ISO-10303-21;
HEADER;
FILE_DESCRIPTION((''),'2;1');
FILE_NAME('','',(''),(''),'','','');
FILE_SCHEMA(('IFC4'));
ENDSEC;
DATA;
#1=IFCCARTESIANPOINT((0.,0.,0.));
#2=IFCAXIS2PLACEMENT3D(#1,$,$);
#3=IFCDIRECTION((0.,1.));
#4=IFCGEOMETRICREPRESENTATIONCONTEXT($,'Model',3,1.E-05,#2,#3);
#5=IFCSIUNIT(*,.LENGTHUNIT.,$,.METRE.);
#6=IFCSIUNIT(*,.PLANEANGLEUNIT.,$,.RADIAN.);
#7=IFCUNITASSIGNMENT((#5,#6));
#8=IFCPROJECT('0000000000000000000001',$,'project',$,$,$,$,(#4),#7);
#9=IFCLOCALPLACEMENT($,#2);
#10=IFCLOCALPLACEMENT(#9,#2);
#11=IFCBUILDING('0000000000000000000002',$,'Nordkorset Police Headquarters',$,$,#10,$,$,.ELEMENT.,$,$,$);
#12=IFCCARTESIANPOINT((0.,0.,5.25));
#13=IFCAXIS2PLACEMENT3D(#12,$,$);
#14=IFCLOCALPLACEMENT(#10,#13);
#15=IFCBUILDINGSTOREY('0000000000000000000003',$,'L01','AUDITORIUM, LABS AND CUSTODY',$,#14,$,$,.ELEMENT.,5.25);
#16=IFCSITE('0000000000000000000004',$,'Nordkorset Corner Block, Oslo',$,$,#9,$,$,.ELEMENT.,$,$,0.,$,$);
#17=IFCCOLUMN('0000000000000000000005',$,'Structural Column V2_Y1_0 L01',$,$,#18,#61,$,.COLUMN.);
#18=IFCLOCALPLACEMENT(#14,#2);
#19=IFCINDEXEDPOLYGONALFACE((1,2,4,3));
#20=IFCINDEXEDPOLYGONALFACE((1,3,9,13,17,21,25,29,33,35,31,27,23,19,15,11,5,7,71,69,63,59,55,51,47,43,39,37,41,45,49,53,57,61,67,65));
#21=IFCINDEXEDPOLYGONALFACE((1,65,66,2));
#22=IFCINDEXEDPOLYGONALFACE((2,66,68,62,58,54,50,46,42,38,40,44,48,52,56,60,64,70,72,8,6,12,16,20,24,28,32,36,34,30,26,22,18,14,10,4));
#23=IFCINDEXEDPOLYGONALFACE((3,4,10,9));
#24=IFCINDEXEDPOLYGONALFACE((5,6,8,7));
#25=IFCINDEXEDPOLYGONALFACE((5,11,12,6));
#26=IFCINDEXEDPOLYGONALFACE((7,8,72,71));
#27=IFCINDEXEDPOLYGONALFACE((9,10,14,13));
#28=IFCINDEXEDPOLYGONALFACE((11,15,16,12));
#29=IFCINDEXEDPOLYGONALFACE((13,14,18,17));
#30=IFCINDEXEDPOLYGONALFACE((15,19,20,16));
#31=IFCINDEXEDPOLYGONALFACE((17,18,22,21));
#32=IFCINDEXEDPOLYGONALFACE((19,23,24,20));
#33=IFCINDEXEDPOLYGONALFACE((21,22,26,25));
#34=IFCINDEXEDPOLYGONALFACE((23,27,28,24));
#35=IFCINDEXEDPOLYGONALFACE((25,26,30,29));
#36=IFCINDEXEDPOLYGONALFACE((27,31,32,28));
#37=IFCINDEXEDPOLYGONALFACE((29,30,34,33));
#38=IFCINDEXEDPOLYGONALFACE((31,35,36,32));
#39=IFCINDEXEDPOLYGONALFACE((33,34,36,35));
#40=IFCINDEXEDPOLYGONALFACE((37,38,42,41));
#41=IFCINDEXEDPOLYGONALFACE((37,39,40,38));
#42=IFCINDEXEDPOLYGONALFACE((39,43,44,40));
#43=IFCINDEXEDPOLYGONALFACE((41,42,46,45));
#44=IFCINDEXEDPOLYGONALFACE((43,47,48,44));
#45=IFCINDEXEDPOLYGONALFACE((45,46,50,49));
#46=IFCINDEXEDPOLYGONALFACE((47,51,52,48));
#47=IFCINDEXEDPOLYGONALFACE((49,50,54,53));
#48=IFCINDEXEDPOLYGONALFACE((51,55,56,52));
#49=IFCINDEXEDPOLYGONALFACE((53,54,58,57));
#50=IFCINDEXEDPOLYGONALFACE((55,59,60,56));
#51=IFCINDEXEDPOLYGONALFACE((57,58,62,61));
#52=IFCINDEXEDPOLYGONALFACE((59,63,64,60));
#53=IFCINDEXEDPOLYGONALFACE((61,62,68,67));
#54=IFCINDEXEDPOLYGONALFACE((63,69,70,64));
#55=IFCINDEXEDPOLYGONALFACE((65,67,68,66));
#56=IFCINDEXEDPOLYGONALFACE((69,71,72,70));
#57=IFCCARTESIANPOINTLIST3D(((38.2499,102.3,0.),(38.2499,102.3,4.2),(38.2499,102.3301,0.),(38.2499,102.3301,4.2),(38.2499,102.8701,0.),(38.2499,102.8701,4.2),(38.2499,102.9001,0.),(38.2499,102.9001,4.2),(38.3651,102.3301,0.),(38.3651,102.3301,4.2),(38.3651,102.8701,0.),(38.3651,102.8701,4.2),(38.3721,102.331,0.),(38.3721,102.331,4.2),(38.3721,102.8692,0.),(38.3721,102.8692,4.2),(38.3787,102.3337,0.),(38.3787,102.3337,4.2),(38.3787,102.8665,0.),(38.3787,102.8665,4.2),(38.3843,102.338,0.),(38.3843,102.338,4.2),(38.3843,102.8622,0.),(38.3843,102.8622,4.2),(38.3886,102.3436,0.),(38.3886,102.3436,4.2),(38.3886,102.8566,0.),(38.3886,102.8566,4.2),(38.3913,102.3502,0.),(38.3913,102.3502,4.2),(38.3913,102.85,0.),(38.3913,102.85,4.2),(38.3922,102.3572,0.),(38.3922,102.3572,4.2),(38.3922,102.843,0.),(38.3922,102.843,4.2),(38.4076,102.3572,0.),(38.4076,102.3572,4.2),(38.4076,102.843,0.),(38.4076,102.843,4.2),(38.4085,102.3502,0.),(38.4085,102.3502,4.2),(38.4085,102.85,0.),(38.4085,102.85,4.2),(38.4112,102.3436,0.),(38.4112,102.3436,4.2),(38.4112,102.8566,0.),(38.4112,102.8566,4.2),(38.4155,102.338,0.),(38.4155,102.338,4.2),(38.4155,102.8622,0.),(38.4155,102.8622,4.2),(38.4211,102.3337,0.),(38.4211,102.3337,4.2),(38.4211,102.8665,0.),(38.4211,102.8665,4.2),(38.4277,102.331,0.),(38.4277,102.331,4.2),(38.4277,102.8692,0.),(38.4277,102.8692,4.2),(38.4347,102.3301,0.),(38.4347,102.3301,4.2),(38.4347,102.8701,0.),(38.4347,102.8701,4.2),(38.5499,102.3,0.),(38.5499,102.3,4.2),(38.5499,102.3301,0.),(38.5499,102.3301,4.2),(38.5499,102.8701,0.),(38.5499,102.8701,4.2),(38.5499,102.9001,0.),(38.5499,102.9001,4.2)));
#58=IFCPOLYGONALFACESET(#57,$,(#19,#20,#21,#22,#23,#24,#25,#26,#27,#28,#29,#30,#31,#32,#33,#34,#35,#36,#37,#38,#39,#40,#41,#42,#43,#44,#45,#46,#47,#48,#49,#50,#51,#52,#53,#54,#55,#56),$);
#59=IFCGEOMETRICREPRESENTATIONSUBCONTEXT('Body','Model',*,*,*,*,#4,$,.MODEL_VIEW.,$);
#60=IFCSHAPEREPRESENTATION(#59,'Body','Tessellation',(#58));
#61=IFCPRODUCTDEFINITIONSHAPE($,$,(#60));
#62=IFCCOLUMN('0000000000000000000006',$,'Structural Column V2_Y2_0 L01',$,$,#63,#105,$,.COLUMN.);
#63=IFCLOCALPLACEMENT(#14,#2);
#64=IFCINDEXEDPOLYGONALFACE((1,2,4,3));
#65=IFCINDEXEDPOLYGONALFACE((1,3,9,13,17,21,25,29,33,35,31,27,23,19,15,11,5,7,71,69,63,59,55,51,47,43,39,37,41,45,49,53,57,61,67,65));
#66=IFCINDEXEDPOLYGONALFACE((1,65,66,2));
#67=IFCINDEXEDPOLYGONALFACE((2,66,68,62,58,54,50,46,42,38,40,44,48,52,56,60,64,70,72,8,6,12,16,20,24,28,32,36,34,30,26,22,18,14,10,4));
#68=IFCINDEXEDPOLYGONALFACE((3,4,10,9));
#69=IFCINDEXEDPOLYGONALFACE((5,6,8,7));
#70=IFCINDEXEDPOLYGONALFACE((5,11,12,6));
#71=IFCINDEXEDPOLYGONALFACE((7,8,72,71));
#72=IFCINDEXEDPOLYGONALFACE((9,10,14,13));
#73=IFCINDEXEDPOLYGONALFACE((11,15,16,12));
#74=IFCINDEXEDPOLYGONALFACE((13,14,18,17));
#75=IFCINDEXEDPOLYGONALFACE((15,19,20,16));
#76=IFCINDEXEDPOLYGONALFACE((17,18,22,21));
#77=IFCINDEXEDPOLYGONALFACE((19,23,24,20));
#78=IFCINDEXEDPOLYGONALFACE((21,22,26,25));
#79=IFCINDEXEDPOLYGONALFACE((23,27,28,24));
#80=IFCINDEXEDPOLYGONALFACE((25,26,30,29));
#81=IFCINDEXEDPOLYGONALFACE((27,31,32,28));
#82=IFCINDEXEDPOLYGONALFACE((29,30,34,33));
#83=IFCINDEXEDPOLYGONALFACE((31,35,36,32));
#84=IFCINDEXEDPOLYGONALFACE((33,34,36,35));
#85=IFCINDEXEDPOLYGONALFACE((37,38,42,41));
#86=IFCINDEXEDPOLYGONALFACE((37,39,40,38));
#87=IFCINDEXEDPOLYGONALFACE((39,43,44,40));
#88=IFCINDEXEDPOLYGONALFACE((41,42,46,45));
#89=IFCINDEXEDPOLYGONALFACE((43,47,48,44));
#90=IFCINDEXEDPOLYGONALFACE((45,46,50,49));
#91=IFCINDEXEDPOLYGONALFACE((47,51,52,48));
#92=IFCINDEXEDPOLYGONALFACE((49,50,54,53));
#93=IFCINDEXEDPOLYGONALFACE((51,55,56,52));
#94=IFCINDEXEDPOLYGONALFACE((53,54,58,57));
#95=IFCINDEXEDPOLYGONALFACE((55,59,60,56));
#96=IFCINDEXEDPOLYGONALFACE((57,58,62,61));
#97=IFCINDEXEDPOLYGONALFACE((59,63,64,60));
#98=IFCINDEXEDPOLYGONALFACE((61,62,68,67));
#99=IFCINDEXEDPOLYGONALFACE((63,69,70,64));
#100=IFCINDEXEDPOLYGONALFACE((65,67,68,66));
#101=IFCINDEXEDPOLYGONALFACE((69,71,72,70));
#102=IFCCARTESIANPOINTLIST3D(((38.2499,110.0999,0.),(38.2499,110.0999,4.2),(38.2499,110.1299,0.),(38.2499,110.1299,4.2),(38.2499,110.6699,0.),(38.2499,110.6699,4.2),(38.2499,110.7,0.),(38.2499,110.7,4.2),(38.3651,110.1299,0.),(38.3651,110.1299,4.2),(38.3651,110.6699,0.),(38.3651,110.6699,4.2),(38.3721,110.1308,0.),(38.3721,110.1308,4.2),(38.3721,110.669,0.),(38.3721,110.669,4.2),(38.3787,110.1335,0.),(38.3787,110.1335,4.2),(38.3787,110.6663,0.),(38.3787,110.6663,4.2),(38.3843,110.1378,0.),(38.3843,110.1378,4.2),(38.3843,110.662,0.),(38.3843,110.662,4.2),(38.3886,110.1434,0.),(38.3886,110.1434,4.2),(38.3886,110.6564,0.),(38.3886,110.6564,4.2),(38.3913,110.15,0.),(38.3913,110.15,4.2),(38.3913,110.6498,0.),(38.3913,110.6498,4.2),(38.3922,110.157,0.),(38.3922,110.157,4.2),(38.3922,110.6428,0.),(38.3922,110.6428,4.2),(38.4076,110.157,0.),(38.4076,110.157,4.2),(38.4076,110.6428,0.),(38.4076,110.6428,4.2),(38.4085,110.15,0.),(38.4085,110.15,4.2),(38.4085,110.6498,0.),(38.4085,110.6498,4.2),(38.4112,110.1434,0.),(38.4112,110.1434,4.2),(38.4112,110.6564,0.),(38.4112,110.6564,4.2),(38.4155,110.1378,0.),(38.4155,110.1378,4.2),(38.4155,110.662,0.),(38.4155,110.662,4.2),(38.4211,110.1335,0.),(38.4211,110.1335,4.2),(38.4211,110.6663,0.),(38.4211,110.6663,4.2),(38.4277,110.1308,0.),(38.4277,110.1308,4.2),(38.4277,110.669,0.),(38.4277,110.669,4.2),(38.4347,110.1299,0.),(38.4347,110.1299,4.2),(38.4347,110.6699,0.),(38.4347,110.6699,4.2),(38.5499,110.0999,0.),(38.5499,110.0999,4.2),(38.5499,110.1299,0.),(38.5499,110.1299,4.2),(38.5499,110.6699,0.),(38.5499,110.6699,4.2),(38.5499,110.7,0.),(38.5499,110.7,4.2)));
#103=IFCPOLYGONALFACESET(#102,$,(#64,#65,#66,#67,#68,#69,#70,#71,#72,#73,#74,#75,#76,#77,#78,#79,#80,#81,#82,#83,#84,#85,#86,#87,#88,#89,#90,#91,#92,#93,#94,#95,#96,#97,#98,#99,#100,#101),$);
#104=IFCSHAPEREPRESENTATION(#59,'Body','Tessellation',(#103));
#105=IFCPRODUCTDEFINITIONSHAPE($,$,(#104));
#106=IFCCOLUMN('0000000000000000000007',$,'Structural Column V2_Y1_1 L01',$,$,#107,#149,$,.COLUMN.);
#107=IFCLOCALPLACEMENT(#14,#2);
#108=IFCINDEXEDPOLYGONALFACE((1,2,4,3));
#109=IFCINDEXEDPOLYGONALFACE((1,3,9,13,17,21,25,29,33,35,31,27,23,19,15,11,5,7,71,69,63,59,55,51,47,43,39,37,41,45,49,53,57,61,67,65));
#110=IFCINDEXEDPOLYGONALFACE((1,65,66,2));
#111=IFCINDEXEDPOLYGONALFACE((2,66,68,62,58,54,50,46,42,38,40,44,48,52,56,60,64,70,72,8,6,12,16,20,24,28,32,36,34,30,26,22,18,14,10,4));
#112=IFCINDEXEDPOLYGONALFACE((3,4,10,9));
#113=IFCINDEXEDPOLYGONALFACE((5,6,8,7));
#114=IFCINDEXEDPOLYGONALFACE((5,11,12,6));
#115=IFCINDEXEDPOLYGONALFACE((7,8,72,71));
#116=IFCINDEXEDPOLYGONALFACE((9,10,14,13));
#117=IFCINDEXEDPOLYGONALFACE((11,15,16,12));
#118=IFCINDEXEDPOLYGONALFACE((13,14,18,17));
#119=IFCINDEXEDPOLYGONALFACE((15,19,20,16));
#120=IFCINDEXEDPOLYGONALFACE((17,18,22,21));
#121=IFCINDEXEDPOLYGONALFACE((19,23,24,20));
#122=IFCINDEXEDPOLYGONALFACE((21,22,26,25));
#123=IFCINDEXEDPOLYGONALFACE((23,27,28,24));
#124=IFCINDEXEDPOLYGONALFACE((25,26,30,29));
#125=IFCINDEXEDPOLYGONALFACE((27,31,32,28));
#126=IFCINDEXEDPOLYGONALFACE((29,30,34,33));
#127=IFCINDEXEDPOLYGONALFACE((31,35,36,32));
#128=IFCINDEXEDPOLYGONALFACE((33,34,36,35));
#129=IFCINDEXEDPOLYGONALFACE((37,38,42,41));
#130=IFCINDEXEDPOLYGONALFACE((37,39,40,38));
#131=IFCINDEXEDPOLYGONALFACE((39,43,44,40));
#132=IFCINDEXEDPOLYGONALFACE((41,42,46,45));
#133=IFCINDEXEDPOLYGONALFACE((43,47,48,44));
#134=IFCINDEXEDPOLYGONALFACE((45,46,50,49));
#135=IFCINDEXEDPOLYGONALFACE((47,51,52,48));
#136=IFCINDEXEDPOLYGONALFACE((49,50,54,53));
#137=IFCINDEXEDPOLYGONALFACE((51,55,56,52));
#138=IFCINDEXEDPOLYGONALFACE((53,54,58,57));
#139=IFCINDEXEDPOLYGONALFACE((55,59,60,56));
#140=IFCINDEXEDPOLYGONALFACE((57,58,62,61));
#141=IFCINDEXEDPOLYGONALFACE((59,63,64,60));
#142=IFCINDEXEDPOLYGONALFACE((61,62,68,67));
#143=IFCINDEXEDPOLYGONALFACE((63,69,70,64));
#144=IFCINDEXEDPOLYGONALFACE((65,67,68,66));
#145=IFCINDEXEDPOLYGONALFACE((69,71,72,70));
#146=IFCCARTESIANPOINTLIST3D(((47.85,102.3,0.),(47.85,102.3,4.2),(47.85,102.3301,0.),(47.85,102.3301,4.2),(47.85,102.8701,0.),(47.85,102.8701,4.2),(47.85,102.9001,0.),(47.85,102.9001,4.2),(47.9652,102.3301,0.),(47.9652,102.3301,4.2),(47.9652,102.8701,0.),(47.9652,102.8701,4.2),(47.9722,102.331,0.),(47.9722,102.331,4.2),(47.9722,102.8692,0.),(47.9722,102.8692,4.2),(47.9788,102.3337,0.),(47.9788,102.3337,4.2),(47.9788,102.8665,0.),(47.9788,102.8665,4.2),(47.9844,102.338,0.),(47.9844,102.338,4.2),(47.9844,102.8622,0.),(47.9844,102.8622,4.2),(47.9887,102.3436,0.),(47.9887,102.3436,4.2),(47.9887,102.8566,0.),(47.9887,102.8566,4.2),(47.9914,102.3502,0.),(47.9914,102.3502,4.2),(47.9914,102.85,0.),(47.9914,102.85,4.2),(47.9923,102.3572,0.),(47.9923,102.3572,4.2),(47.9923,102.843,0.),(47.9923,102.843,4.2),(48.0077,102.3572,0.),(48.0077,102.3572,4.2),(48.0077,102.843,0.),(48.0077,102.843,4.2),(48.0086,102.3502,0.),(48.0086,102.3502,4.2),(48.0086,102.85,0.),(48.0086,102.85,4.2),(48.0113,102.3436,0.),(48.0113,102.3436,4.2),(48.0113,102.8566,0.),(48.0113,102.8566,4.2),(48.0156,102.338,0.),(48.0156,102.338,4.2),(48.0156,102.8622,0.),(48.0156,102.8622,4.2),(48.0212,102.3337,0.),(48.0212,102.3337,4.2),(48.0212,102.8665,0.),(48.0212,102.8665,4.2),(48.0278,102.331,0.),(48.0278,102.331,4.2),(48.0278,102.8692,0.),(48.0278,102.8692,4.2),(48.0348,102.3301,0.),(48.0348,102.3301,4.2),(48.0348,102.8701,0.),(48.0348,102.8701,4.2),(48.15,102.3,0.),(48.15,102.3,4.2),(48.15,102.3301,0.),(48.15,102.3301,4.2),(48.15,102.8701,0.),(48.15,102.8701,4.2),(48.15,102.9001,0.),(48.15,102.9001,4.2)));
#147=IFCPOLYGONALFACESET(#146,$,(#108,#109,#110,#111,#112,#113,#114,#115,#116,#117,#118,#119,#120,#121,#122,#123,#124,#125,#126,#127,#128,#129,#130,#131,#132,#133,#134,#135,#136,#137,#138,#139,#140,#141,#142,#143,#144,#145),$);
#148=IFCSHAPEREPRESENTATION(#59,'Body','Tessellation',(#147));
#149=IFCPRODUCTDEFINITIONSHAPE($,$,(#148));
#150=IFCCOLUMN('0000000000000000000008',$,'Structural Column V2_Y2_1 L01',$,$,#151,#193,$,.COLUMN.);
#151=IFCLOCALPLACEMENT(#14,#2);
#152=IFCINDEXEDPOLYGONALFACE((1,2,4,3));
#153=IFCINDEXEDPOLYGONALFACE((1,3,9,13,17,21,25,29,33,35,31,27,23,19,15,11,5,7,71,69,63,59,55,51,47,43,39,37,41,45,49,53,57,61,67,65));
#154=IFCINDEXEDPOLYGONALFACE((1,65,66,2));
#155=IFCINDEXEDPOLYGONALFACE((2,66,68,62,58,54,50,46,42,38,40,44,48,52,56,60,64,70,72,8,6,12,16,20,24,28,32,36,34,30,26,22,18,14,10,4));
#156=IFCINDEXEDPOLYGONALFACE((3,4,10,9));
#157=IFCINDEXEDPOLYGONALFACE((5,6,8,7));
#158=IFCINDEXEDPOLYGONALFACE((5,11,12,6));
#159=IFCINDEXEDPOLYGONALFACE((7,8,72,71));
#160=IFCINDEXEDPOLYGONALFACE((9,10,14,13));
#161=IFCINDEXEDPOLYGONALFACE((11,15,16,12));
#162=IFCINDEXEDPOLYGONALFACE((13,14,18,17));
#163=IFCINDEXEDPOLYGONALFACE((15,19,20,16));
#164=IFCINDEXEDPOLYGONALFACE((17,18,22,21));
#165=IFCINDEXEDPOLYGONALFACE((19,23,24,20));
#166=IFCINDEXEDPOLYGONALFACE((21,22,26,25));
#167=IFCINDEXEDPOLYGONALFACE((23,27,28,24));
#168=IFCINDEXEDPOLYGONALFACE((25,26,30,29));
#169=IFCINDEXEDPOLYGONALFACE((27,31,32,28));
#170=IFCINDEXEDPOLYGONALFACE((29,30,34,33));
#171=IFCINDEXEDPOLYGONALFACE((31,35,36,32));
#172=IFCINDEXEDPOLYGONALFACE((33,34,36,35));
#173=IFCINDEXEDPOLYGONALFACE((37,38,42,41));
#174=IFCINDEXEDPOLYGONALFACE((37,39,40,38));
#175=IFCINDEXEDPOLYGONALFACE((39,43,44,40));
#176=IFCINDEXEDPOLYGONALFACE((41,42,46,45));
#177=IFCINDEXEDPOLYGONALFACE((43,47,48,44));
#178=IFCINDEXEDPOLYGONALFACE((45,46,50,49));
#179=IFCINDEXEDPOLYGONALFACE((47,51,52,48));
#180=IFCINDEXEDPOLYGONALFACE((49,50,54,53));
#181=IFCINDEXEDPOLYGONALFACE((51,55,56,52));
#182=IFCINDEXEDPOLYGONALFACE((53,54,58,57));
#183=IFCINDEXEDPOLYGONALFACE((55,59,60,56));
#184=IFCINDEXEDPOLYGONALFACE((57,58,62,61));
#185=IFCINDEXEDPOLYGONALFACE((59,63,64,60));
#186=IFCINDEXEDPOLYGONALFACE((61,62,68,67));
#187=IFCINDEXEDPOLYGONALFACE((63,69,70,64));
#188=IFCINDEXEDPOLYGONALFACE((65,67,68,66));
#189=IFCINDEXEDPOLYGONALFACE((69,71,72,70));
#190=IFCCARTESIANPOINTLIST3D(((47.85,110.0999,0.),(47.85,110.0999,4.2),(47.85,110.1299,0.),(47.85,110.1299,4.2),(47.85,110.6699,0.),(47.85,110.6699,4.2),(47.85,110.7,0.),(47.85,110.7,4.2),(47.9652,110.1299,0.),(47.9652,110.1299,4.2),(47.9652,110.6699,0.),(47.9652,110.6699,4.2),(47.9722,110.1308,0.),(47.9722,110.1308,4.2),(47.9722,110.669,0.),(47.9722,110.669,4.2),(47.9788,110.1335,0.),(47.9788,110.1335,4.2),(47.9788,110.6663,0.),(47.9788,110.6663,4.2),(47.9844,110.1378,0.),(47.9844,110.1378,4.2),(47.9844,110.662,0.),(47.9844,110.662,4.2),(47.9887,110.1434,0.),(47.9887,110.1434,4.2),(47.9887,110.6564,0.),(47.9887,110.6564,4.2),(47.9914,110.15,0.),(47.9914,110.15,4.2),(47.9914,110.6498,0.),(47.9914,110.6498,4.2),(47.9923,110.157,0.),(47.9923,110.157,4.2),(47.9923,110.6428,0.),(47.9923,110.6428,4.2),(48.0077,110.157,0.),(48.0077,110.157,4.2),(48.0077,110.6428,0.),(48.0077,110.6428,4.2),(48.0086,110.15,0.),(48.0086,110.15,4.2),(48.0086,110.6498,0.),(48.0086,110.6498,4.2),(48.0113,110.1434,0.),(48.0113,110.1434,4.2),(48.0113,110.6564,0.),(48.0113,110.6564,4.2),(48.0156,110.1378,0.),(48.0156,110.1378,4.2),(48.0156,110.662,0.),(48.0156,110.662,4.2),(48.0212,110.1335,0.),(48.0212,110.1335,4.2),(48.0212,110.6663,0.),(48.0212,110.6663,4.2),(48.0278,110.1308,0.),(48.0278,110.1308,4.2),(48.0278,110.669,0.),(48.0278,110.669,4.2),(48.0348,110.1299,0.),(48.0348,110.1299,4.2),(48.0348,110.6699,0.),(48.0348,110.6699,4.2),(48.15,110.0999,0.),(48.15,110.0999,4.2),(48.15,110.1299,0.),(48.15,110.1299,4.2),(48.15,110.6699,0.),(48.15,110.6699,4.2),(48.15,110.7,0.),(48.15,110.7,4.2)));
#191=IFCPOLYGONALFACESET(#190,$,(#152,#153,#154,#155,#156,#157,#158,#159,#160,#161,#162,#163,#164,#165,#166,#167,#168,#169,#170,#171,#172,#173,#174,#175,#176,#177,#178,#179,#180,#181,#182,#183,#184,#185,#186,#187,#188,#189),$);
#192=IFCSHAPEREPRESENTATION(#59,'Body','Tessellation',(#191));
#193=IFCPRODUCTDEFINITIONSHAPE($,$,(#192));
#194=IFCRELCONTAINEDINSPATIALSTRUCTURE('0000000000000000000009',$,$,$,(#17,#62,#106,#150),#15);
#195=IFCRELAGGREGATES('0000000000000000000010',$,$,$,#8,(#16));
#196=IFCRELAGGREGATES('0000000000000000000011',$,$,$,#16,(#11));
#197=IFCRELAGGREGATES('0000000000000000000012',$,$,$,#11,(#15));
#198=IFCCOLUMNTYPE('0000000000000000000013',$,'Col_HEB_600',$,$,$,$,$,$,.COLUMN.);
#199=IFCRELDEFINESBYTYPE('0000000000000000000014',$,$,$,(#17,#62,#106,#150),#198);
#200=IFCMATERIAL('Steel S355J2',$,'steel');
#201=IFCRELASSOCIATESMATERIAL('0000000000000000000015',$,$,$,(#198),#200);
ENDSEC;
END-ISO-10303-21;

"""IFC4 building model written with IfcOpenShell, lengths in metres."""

from ifc_helpers import new_model, si_unit, direction, frame, origin, origin_2d, place, context, subcontext, project, spatial, i_section, extrude, material, material_profile, profile_set, type_object, element, save


model = new_model("IFC4")

# Units and contexts
model_context = context("Model", 3, precision=1e-05, world=origin(), true_north=direction((0.0, 1.0)))
body_context = subcontext(model_context, "Body", "Model", "MODEL_VIEW")
ifc_project = project(units=[si_unit("LENGTHUNIT", "METRE"), si_unit("PLANEANGLEUNIT", "RADIAN")], contexts=[model_context])

# Site, building, storey
site_placement = place(None, origin())
site = spatial("IfcSite", under=ifc_project, at=site_placement, Name="Nordkorset Corner Block, Oslo", CompositionType="ELEMENT", RefElevation=0.0)
building_placement = place(site_placement, origin())
building = spatial("IfcBuilding", under=site, at=building_placement, Name="Nordkorset Police Headquarters", CompositionType="ELEMENT")
storey_placement = place(building_placement, frame((0.0, 0.0, 5.25)))
storey = spatial("IfcBuildingStorey", under=building, at=storey_placement, Name="L01", Description="AUDITORIUM, LABS AND CUSTODY", CompositionType="ELEMENT", Elevation=5.25)

# Columns
ifc_material_1 = material(Name="Steel S355J2", Category="steel")
ifc_material_profile_1 = material_profile(ifc_material_1, i_section(OverallWidth=0.3, OverallDepth=0.6001, WebThickness=0.0154, FlangeThickness=0.03, FilletRadius=0.0271, at=origin_2d()), Name="HEB 600")
ifc_profile_set_1 = profile_set([ifc_material_profile_1], Name="Steel S355J2")
column_type = type_object("IfcColumnType", Name="Col_HEB_600", PredefinedType="COLUMN", material=ifc_profile_set_1)
for number, where, z_axis, x_axis, name in (
    (1, (38.3999, 102.6001, 0.0), (0.0, 0.0, 1.0), (1.0, 0.0, 0.0), "Structural Column V2_Y1_0 L01"),
    (2, (38.3999, 110.3999, 0.0), (0.0, 0.0, 1.0), (1.0, 0.0, 0.0), "Structural Column V2_Y2_0 L01"),
    (3, (48.0, 102.6001, 0.0), (0.0, 0.0, 1.0), (1.0, 0.0, 0.0), "Structural Column V2_Y1_1 L01"),
    (4, (48.0, 110.3999, 0.0), (0.0, 0.0, 1.0), (1.0, 0.0, 0.0), "Structural Column V2_Y2_1 L01"),
):
    element("IfcColumn", number, at=place(storey_placement, frame(where, z_axis=z_axis, x_axis=x_axis)), inside=storey, type_object=column_type, Name=name, PredefinedType="COLUMN", context=body_context, shape_type="SweptSolid", body=[
        extrude(i_section(OverallWidth=0.3, OverallDepth=0.6001, WebThickness=0.0154, FlangeThickness=0.03, FilletRadius=0.0271, at=origin_2d()), origin(), (0.0, 0.0, 1.0), 4.2),
    ])

save(model, "model.ifc")
